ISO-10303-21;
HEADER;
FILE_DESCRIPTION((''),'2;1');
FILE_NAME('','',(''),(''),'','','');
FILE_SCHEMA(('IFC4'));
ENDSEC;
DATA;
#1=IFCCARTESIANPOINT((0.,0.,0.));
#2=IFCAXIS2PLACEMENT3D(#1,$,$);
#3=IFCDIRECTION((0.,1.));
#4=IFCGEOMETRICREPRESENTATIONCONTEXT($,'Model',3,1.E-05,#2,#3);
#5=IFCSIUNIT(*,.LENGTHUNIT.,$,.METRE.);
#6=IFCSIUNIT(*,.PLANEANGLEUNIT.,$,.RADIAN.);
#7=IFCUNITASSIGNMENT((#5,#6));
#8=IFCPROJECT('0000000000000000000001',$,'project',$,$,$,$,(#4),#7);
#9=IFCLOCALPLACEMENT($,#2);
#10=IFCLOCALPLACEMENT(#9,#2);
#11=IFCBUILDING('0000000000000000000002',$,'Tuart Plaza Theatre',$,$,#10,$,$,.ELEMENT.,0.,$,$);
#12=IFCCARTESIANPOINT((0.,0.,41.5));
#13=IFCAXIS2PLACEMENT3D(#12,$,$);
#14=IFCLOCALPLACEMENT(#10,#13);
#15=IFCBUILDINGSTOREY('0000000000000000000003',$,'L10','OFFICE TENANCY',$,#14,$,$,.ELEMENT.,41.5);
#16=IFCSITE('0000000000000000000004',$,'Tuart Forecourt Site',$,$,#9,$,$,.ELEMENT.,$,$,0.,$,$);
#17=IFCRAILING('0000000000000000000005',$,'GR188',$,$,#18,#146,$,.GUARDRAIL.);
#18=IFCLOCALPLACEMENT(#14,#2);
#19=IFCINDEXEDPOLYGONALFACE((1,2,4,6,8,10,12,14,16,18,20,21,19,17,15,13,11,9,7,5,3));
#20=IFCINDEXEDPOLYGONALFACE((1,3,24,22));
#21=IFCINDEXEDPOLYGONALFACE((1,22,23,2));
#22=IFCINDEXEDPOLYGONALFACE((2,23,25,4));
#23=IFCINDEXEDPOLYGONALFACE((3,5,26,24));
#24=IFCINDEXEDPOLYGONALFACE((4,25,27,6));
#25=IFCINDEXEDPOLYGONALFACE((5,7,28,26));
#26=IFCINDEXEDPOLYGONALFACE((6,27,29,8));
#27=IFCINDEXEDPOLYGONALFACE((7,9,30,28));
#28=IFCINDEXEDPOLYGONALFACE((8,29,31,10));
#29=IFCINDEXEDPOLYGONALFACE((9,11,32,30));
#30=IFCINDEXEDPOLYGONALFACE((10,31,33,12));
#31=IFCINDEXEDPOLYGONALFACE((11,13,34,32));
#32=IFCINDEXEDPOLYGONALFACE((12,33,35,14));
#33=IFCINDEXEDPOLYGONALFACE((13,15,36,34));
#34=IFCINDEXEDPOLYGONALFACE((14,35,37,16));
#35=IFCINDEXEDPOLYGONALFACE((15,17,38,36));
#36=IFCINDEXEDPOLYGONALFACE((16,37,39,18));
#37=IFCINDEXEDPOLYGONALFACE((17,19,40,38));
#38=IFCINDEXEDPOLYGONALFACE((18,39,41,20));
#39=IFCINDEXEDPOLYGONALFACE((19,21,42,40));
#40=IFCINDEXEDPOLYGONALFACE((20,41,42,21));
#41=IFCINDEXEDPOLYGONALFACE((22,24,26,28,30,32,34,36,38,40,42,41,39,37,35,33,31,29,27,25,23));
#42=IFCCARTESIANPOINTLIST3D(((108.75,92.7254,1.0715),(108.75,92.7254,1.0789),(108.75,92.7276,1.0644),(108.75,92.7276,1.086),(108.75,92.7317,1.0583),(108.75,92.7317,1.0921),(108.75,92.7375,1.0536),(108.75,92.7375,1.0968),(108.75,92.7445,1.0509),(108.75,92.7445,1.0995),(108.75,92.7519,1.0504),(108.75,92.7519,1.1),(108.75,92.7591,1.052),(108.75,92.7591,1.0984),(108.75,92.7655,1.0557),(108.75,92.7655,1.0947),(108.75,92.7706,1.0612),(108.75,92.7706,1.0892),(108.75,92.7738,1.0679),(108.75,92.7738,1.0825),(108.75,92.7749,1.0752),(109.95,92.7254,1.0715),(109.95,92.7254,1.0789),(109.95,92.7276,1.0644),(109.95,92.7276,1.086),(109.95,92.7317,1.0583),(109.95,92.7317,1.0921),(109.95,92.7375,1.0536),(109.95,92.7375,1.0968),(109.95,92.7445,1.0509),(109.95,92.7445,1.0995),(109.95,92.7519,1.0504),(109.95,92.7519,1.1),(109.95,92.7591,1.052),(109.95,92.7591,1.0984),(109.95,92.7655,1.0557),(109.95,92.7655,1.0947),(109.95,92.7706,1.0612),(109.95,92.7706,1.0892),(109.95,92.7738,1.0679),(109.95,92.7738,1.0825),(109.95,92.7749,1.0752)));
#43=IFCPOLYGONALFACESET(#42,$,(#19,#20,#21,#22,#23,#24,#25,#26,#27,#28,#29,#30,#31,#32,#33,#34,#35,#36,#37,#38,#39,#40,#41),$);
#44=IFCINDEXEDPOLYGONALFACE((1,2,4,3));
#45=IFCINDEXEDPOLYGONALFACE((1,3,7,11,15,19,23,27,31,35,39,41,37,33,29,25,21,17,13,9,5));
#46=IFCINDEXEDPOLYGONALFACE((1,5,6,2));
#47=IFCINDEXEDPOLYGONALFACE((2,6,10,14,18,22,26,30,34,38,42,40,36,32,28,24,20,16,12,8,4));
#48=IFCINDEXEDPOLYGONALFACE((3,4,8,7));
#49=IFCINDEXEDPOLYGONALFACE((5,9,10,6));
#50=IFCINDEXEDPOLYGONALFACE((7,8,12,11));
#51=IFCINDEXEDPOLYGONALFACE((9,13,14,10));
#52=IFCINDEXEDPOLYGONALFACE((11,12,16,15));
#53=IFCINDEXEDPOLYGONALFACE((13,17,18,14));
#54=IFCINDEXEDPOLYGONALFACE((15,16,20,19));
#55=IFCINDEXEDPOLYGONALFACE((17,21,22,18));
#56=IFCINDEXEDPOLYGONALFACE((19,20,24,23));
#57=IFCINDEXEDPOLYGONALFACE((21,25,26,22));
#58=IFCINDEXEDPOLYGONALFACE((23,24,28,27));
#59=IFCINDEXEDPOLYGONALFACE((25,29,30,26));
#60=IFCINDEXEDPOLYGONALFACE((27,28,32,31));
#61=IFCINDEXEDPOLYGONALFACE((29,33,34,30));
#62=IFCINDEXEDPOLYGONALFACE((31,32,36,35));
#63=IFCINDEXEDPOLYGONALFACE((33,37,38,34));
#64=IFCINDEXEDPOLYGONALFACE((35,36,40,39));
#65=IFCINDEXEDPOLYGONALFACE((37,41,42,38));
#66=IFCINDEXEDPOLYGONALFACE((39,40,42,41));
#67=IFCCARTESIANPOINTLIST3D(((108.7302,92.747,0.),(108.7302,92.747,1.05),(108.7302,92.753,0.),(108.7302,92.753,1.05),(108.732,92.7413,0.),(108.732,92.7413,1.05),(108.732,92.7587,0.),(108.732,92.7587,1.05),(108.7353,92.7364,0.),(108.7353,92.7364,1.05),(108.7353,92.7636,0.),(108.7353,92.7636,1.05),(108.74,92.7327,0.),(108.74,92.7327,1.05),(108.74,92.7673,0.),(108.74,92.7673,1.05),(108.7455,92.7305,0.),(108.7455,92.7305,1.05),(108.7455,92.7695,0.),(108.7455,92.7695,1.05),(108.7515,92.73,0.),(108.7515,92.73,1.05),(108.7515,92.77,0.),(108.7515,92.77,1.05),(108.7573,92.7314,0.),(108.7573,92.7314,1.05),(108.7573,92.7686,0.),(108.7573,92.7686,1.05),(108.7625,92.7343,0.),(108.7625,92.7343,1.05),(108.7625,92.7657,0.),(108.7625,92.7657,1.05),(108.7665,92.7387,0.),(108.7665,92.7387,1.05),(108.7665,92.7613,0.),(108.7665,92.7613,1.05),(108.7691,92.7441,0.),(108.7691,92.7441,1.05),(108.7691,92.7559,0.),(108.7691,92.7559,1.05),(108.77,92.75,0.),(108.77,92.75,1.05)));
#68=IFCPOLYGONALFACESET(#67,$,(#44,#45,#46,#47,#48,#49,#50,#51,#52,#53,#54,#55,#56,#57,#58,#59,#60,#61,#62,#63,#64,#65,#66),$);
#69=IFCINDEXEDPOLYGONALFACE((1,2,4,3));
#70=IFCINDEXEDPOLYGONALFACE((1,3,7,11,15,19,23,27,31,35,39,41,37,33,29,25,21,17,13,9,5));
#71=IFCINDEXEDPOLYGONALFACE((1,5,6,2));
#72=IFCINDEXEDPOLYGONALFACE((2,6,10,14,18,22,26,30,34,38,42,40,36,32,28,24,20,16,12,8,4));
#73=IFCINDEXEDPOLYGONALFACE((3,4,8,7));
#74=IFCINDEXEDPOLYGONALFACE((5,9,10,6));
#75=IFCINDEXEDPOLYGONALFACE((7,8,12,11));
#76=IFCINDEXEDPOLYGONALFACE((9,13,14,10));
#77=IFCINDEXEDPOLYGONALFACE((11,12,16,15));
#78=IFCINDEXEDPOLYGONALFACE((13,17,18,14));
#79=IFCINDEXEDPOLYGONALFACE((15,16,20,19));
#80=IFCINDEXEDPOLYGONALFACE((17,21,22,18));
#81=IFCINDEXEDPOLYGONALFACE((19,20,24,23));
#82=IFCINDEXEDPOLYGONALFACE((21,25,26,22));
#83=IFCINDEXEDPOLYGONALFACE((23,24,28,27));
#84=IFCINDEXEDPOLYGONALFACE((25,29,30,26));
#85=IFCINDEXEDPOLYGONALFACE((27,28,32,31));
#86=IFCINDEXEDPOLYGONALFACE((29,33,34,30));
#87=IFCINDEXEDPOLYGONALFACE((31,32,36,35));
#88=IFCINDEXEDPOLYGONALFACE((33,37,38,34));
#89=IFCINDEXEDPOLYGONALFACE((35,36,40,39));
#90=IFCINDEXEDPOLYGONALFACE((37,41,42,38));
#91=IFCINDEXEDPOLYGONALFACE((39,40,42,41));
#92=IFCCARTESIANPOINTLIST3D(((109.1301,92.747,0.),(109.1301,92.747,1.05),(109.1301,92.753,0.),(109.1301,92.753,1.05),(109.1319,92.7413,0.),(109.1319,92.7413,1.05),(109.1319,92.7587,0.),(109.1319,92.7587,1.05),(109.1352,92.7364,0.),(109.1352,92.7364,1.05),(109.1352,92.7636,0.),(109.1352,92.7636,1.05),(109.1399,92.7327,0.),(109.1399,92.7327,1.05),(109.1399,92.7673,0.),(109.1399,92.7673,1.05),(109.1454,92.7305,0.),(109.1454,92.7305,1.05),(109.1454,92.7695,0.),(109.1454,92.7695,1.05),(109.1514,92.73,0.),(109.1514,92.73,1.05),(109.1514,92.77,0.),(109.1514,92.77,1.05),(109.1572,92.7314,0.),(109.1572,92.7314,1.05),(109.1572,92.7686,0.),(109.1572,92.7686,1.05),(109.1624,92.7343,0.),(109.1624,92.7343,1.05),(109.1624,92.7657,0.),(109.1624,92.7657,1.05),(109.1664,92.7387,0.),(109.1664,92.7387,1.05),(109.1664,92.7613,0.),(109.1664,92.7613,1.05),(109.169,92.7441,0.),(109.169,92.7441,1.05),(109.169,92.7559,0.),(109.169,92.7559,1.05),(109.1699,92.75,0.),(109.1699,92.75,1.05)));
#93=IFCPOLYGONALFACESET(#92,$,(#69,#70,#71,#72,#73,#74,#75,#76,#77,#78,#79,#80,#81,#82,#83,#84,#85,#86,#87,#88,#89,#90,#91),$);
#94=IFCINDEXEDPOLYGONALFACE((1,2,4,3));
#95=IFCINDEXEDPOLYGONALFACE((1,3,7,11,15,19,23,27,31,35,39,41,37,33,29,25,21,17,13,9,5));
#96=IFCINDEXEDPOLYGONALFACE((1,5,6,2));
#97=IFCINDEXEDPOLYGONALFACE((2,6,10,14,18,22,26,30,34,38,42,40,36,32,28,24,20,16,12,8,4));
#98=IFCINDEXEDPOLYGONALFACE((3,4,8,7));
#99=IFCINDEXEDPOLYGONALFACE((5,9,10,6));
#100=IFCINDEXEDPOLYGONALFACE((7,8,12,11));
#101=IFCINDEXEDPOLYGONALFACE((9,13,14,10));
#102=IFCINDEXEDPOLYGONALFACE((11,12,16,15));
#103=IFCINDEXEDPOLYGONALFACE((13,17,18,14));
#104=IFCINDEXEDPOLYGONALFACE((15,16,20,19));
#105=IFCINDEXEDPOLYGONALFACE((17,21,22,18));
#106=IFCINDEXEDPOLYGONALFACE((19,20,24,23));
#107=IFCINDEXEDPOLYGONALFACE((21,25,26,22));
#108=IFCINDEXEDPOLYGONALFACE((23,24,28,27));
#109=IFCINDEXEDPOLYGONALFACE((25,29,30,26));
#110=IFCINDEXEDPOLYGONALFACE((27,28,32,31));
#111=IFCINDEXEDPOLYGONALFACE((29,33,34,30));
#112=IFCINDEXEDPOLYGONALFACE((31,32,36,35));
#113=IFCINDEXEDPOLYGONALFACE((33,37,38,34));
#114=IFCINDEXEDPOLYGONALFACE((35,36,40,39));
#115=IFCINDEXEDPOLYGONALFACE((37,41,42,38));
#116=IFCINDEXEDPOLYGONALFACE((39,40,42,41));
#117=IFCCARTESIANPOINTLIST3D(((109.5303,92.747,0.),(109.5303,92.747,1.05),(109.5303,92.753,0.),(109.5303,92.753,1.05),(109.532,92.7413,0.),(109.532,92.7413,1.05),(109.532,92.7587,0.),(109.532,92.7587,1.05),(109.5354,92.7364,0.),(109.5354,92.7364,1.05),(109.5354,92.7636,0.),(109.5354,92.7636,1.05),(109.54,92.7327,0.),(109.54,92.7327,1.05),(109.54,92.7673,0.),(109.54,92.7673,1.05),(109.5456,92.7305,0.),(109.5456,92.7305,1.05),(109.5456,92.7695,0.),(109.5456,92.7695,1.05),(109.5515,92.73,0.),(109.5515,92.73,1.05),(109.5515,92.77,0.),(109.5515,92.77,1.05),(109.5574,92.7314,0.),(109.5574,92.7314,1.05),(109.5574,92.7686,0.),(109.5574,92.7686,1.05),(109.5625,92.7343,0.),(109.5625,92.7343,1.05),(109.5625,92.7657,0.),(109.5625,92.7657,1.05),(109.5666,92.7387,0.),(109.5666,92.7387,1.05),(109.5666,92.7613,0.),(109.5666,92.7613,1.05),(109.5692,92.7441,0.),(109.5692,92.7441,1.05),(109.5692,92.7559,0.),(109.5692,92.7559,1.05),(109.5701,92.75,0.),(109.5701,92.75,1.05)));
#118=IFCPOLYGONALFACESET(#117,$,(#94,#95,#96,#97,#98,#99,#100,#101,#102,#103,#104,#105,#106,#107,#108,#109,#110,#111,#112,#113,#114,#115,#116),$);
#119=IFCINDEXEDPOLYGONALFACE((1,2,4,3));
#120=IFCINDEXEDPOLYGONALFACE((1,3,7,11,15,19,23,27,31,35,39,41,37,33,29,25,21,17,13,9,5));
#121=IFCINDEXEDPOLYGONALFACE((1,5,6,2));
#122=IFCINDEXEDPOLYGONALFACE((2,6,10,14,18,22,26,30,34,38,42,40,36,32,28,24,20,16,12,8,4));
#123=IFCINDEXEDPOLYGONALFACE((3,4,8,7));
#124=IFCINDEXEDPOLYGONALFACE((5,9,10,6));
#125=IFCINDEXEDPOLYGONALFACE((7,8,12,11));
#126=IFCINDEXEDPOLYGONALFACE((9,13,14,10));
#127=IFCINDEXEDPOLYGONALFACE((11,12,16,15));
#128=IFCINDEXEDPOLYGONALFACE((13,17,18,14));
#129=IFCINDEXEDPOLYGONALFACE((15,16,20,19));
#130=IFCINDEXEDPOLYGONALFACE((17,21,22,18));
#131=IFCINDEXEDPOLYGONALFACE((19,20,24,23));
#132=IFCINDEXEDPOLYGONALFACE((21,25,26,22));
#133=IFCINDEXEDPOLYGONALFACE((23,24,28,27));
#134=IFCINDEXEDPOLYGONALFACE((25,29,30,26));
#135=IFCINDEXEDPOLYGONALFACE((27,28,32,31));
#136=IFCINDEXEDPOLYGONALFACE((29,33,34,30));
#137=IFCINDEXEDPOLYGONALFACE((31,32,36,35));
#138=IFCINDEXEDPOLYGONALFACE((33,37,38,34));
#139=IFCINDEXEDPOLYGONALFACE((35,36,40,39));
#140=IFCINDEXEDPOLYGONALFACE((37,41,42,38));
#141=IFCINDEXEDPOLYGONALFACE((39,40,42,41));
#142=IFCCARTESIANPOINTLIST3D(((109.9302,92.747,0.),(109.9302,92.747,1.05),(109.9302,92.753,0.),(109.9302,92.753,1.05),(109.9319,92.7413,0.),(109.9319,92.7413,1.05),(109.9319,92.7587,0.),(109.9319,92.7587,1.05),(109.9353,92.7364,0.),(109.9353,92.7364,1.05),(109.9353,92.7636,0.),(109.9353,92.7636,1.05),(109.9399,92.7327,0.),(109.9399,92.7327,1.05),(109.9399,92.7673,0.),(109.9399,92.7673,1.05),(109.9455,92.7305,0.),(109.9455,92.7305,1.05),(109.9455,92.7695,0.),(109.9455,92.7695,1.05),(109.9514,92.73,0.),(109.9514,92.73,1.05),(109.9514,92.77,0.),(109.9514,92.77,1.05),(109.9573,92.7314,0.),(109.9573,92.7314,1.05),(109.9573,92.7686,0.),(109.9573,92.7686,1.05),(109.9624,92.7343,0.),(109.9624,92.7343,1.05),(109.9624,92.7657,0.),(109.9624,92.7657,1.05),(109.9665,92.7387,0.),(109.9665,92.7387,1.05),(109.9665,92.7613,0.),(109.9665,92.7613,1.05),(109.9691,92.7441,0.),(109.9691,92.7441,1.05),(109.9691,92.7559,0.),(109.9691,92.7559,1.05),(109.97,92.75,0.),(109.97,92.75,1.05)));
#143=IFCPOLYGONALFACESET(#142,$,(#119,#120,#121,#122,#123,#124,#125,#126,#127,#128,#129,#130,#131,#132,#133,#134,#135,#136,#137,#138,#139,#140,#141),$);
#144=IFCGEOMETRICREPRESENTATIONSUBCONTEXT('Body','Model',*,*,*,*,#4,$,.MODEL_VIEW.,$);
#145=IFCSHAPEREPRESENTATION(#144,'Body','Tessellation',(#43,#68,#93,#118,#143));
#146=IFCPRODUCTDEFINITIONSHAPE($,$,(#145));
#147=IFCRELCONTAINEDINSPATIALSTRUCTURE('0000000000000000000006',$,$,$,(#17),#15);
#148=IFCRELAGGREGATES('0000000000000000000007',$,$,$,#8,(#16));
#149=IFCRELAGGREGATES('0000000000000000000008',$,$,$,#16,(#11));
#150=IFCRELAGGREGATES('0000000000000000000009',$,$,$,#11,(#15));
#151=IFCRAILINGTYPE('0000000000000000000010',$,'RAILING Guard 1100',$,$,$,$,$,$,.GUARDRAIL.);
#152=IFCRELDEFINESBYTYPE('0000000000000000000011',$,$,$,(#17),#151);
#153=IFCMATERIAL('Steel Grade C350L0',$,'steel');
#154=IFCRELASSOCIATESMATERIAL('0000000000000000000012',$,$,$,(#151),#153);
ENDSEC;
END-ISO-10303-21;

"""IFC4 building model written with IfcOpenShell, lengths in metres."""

from ifc_helpers import new_model, si_unit, direction, frame, origin, origin_2d, place, context, subcontext, project, spatial, circle, extrude, material, type_object, element, save


model = new_model("IFC4")

# Units and contexts
model_context = context("Model", 3, precision=1e-05, world=origin(), true_north=direction((0.0, 1.0)))
body_context = subcontext(model_context, "Body", "Model", "MODEL_VIEW")
ifc_project = project(units=[si_unit("LENGTHUNIT", "METRE"), si_unit("PLANEANGLEUNIT", "RADIAN")], contexts=[model_context])

# Site, building, storey
site_placement = place(None, origin())
site = spatial("IfcSite", under=ifc_project, at=site_placement, Name="Tuart Forecourt Site", CompositionType="ELEMENT", RefElevation=0.0)
building_placement = place(site_placement, origin())
building = spatial("IfcBuilding", under=site, at=building_placement, Name="Tuart Plaza Theatre", CompositionType="ELEMENT", ElevationOfRefHeight=0.0)
storey_placement = place(building_placement, frame((0.0, 0.0, 41.5)))
storey = spatial("IfcBuildingStorey", under=building, at=storey_placement, Name="L10", Description="OFFICE TENANCY", CompositionType="ELEMENT", Elevation=41.5)

# Railing
ifc_material_1 = material(Name="Steel Grade C350L0", Category="steel")
railing_type = type_object("IfcRailingType", Name="RAILING Guard 1100", PredefinedType="GUARDRAIL", material=ifc_material_1)
railing_1_placement = place(storey_placement, frame((108.75, 92.75, 0.0)))
element("IfcRailing", 1, at=railing_1_placement, inside=storey, type_object=railing_type, Name="GR188", PredefinedType="GUARDRAIL", context=body_context, shape_type="SweptSolid", body=[
    extrude(circle(Radius=0.0249, at=origin_2d()), frame((0.0, 0.0, 1.0752), z_axis=(1.0, 0.0, 0.0), x_axis=(0.0, 1.0, 0.0)), (0.0, 0.0, 1.0), 1.2),
    extrude(circle(Radius=0.02, at=origin_2d()), origin(), (0.0, 0.0, 1.0), 1.05),
    extrude(circle(Radius=0.02, at=origin_2d()), frame((0.3999, 0.0, 0.0)), (0.0, 0.0, 1.0), 1.05),
    extrude(circle(Radius=0.02, at=origin_2d()), frame((0.8, 0.0, 0.0)), (0.0, 0.0, 1.0), 1.05),
    extrude(circle(Radius=0.02, at=origin_2d()), frame((1.2, 0.0, 0.0)), (0.0, 0.0, 1.0), 1.05),
])

save(model, "model.ifc")
